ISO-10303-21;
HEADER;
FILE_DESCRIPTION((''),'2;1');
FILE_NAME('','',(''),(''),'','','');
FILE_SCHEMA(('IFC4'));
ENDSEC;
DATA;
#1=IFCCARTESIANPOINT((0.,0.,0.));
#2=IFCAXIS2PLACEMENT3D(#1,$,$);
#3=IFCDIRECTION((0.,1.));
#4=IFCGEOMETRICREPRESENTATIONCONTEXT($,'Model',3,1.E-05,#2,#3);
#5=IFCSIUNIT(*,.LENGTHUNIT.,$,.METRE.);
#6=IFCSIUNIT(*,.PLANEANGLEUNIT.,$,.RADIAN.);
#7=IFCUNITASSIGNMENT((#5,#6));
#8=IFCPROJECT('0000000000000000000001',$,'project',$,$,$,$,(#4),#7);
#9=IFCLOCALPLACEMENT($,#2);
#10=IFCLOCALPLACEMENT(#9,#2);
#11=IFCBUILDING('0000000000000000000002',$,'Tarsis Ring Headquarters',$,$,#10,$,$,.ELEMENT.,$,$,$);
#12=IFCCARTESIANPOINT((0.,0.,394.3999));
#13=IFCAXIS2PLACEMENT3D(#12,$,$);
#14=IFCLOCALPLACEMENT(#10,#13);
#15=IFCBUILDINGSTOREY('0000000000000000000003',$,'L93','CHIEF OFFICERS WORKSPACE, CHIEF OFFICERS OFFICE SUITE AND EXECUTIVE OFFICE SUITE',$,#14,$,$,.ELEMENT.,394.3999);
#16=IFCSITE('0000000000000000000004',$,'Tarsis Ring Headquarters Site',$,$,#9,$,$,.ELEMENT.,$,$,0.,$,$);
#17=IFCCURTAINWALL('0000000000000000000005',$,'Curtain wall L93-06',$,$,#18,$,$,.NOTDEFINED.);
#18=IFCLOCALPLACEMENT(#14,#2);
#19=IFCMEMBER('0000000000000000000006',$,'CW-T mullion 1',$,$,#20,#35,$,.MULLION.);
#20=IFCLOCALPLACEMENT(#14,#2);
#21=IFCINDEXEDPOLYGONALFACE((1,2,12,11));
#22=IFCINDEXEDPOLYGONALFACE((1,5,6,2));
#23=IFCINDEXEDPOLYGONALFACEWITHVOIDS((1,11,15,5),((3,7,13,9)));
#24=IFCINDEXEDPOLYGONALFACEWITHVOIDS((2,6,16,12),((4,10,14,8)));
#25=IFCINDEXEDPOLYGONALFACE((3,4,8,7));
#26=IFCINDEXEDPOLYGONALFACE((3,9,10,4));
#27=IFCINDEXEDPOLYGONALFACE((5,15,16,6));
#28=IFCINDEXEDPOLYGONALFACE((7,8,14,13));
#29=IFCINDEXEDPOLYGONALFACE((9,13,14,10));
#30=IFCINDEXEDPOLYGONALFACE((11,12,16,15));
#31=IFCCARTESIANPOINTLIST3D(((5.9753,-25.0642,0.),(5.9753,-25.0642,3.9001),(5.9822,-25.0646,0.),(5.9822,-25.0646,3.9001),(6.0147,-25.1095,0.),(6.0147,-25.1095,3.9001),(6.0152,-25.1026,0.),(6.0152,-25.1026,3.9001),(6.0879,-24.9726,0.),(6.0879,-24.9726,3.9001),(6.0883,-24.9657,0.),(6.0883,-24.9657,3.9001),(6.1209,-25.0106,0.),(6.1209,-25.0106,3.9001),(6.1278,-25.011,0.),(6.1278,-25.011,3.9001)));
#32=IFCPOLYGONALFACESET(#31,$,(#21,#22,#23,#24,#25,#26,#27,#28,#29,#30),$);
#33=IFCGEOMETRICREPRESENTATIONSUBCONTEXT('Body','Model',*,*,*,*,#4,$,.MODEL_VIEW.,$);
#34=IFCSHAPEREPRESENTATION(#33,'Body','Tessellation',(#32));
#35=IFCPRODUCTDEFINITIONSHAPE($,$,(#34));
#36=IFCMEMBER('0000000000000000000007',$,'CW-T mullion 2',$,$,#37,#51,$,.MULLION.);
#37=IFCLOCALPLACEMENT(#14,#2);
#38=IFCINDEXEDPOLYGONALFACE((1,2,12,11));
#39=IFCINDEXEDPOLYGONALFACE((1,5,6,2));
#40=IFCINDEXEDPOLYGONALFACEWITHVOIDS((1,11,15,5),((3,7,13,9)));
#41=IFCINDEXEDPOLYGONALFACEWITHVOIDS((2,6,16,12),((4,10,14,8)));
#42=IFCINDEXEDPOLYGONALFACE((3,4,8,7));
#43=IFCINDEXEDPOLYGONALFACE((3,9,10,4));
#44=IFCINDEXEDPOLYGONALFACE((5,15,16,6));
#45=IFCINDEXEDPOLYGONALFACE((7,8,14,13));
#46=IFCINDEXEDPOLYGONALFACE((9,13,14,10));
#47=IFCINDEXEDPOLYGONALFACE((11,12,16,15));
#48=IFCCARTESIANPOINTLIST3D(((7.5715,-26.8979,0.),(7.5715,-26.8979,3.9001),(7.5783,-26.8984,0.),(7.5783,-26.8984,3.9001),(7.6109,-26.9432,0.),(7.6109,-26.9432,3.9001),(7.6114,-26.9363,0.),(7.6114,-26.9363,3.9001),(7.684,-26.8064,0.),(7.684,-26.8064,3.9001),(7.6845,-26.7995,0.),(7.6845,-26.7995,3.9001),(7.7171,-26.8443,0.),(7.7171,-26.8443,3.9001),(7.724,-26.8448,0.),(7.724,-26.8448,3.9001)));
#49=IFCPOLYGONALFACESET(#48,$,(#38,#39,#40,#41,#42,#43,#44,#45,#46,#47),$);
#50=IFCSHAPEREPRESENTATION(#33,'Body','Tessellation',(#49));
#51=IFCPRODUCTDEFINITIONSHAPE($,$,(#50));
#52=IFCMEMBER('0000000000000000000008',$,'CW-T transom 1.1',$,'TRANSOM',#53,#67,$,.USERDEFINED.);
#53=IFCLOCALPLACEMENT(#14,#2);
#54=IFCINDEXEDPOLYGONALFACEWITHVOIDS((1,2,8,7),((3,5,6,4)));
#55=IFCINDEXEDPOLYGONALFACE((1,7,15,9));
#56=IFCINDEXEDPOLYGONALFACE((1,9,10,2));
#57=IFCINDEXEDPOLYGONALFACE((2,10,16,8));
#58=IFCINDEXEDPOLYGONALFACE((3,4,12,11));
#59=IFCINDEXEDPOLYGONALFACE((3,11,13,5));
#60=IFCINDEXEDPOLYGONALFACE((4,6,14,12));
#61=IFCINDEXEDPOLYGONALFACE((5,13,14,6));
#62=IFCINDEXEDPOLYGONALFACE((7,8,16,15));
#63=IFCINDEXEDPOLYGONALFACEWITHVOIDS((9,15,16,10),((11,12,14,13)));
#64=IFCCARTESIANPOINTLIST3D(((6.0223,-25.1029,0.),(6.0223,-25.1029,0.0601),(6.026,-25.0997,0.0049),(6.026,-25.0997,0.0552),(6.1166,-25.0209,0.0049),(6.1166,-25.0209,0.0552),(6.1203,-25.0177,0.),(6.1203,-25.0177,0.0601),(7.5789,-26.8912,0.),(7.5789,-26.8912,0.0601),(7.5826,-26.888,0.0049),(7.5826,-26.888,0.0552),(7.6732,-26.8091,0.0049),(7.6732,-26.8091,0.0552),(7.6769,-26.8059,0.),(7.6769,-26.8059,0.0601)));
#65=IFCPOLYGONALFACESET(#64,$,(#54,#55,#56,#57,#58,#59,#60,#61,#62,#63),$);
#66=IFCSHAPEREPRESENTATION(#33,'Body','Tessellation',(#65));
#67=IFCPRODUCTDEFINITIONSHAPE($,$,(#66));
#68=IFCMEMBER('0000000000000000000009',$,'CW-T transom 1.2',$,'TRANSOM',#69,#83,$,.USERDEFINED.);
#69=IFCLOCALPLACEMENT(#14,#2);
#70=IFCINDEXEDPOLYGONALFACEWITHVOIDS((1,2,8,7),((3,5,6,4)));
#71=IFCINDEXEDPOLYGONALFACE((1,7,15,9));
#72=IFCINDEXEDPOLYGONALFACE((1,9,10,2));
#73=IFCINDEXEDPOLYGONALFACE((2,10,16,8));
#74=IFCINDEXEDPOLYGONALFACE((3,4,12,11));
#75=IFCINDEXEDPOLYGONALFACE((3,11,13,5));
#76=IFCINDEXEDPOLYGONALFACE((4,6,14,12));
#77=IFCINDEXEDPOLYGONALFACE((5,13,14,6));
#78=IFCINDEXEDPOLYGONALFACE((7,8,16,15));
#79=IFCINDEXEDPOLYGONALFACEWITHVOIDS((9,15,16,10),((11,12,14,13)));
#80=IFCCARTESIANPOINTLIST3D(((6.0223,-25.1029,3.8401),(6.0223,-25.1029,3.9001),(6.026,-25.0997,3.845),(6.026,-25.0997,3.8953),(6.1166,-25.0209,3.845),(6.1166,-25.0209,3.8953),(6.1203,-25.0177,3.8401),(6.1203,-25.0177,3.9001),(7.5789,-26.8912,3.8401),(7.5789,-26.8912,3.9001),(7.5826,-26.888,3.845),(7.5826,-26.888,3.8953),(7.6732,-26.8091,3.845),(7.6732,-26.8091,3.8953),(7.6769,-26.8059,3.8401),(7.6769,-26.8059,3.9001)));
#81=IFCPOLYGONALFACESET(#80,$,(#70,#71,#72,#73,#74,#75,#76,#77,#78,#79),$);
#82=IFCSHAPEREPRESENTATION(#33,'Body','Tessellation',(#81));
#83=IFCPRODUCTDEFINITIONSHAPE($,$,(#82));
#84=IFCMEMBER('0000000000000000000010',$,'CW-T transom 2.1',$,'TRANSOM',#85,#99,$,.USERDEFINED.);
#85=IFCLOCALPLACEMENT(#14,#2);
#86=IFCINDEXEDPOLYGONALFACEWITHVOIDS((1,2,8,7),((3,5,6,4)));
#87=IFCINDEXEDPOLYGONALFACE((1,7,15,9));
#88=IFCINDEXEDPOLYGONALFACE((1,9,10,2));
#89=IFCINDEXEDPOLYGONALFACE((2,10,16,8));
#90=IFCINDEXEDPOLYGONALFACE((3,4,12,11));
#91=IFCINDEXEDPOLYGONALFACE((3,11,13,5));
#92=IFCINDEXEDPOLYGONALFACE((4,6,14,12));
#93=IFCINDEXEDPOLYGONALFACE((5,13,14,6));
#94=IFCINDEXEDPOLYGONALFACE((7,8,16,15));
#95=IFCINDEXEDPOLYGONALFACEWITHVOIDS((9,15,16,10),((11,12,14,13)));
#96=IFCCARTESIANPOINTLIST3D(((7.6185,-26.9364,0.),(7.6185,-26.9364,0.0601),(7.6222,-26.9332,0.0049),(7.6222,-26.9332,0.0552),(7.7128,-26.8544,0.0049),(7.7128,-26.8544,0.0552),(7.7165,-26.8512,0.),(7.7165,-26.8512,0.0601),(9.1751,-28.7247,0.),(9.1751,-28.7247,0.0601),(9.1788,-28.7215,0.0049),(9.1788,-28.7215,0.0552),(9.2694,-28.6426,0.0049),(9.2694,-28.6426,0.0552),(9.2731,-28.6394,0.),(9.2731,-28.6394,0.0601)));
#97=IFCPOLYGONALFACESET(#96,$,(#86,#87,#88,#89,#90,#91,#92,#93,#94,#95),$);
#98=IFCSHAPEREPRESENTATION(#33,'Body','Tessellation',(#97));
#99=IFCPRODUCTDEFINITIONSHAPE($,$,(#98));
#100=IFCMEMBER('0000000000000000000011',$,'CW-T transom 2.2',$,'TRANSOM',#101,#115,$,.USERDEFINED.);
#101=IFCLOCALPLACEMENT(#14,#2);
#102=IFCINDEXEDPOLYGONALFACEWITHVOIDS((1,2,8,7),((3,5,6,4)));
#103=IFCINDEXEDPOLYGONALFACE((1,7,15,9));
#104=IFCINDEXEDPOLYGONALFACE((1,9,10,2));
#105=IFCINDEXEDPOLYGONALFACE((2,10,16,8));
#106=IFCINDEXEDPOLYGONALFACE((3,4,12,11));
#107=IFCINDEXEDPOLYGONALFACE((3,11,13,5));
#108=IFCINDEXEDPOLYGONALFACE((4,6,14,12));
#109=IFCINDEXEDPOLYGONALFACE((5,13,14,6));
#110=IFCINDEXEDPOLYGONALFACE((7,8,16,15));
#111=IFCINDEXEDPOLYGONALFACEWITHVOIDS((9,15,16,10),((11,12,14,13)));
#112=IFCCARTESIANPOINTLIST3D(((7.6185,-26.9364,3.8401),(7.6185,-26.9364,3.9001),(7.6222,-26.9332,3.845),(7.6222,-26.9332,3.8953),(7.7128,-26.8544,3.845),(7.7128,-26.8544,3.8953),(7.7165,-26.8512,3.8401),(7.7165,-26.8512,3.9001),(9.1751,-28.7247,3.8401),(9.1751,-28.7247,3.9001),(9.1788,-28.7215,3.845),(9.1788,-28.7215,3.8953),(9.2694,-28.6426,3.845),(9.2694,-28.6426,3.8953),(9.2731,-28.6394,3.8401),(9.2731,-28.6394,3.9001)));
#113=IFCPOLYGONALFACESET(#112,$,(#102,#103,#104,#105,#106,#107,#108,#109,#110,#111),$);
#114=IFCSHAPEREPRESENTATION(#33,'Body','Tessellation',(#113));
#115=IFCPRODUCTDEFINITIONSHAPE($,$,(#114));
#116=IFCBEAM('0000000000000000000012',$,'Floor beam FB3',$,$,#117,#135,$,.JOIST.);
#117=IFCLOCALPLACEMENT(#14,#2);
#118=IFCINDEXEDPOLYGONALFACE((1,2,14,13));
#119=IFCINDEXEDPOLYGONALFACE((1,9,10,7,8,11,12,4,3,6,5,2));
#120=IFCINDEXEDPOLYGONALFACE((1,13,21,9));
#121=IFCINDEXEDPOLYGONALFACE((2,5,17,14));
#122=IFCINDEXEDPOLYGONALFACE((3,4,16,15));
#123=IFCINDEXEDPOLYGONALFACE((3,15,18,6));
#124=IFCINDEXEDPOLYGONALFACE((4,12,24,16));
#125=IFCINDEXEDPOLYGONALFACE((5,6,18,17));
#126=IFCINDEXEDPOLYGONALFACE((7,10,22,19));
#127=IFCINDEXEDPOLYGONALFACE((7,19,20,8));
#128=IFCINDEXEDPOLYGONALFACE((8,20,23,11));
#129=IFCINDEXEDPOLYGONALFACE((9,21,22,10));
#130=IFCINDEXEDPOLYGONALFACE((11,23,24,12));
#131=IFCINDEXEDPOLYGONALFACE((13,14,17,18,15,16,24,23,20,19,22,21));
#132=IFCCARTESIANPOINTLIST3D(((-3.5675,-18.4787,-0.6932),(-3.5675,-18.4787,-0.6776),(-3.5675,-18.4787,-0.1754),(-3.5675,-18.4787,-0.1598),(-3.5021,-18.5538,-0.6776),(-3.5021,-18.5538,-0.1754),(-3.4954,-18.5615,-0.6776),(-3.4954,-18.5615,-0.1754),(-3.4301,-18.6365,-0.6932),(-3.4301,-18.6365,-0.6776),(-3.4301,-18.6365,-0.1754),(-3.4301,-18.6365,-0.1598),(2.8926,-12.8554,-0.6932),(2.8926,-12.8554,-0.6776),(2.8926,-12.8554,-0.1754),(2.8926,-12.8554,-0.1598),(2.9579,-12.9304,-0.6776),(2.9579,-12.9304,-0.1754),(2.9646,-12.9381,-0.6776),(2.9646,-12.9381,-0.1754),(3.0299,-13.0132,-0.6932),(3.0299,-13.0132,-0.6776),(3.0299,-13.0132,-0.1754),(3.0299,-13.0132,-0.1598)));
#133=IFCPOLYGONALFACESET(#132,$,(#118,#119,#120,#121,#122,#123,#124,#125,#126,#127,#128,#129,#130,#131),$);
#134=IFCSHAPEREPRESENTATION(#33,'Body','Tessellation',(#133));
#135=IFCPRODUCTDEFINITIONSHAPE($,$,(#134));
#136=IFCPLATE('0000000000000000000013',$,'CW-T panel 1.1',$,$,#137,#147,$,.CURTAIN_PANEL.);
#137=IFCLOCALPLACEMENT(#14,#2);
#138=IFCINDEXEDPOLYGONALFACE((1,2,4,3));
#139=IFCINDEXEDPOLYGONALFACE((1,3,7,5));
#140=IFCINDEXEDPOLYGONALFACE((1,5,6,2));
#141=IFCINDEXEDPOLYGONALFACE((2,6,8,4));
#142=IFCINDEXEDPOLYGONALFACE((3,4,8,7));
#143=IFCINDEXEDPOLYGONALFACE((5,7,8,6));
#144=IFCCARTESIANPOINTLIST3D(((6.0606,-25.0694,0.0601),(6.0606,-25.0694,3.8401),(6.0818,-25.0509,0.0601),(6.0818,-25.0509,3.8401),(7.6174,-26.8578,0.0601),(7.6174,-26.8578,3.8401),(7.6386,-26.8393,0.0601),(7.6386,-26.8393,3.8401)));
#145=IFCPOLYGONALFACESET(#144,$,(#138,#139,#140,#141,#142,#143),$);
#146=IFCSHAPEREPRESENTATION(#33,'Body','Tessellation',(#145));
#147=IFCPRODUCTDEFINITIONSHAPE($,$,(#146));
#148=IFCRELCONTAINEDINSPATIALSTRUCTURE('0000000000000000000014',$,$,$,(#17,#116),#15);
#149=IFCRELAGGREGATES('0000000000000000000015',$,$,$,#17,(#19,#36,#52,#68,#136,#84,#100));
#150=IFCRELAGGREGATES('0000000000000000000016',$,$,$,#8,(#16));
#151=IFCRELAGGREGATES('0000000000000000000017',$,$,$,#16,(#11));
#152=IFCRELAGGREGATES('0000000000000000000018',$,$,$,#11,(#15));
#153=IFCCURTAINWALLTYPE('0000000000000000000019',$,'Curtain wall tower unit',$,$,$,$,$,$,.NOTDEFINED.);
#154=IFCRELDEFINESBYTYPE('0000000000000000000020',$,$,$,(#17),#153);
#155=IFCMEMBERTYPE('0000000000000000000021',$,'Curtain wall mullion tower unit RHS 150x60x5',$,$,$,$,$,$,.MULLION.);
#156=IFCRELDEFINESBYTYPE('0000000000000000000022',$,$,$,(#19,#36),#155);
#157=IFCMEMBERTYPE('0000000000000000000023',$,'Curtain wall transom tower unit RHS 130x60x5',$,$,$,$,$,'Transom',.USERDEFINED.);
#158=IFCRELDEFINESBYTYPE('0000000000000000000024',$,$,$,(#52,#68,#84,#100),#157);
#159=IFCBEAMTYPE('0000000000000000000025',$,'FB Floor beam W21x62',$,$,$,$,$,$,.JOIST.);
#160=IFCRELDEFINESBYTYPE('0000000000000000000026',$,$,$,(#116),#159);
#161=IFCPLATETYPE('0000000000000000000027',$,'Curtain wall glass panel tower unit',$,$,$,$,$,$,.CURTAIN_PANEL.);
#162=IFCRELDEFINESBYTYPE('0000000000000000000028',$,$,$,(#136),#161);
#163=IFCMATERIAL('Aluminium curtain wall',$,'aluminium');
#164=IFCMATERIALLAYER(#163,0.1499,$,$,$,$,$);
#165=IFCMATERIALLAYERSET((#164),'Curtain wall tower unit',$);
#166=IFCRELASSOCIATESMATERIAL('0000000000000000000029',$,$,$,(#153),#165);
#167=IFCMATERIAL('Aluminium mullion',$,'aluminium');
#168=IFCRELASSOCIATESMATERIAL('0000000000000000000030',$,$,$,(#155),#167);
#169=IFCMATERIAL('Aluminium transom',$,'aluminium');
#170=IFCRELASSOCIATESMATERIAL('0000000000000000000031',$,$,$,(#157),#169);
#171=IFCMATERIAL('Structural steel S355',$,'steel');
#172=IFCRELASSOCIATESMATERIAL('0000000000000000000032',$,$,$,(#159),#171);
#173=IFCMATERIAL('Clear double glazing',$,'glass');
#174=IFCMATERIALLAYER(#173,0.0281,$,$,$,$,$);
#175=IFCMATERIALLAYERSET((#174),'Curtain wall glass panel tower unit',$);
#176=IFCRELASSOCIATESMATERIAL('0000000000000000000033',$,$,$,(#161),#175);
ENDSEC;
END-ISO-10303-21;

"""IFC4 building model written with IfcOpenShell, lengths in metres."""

from ifc_helpers import new_model, si_unit, direction, frame, origin, origin_2d, place, context, subcontext, project, spatial, rectangle, hollow_rectangle, i_section, extrude, material, layer, layer_set, material_profile, profile_set, type_object, element, aggregate, save


model = new_model("IFC4")

# Units and contexts
model_context = context("Model", 3, precision=1e-05, world=origin(), true_north=direction((0.0, 1.0)))
body_context = subcontext(model_context, "Body", "Model", "MODEL_VIEW")
ifc_project = project(units=[si_unit("LENGTHUNIT", "METRE"), si_unit("PLANEANGLEUNIT", "RADIAN")], contexts=[model_context])

# Site, building, storey
site_placement = place(None, origin())
site = spatial("IfcSite", under=ifc_project, at=site_placement, Name="Tarsis Ring Headquarters Site", CompositionType="ELEMENT", RefElevation=0.0)
building_placement = place(site_placement, origin())
building = spatial("IfcBuilding", under=site, at=building_placement, Name="Tarsis Ring Headquarters", CompositionType="ELEMENT")
storey_placement = place(building_placement, frame((0.0, 0.0, 394.3999)))
storey = spatial("IfcBuildingStorey", under=building, at=storey_placement, Name="L93", Description="CHIEF OFFICERS WORKSPACE, CHIEF OFFICERS OFFICE SUITE AND EXECUTIVE OFFICE SUITE", CompositionType="ELEMENT", Elevation=394.3999)

# Curtain wall, members
ifc_material_1 = material(Name="Aluminium curtain wall", Category="aluminium")
ifc_layer_1 = layer(ifc_material_1, 0.1499)
ifc_layer_set_1 = layer_set([ifc_layer_1], Name="Curtain wall tower unit")
curtain_wall_type = type_object("IfcCurtainWallType", Name="Curtain wall tower unit", PredefinedType="NOTDEFINED", material=ifc_layer_set_1)
curtain_wall_placement = place(storey_placement, origin())
curtain_wall = element("IfcCurtainWall", 1, at=curtain_wall_placement, inside=storey, type_object=curtain_wall_type, Name="Curtain wall L93-06", PredefinedType="NOTDEFINED")
ifc_material_2 = material(Name="Aluminium mullion", Category="aluminium")
ifc_material_profile_1 = material_profile(ifc_material_2, hollow_rectangle(XDim=0.1499, YDim=0.0601, WallThickness=0.0049, at=origin_2d()), Name="RHS 150x60x5")
ifc_profile_set_1 = profile_set([ifc_material_profile_1], Name="Aluminium mullion")
member_type_1 = type_object("IfcMemberType", Name="Curtain wall mullion tower unit RHS 150x60x5", PredefinedType="MULLION", material=ifc_profile_set_1)
member_1_placement = place(storey_placement, frame((6.0515, -25.0376, 0.0), z_axis=(0.0, 0.0, 1.0), x_axis=(0.754251, 0.656586, 0.0)))
member_1 = element("IfcMember", 2, at=member_1_placement, type_object=member_type_1, Name="CW-T mullion 1", PredefinedType="MULLION", context=body_context, shape_type="SweptSolid", body=[
    extrude(hollow_rectangle(XDim=0.1499, YDim=0.0601, WallThickness=0.0049, at=origin_2d()), origin(), (0.0, 0.0, 1.0), 3.9001),
])
member_2_placement = place(storey_placement, frame((7.6477, -26.8713, 0.0), z_axis=(0.0, 0.0, 1.0), x_axis=(0.754251, 0.656586, 0.0)))
member_2 = element("IfcMember", 3, at=member_2_placement, type_object=member_type_1, Name="CW-T mullion 2", PredefinedType="MULLION", context=body_context, shape_type="SweptSolid", body=[
    extrude(hollow_rectangle(XDim=0.1499, YDim=0.0601, WallThickness=0.0049, at=origin_2d()), origin(), (0.0, 0.0, 1.0), 3.9001),
])
ifc_material_3 = material(Name="Aluminium transom", Category="aluminium")
ifc_material_profile_2 = material_profile(ifc_material_3, hollow_rectangle(XDim=0.1299, YDim=0.0601, WallThickness=0.0049, at=origin_2d()), Name="RHS 130x60x5")
ifc_profile_set_2 = profile_set([ifc_material_profile_2], Name="Aluminium transom")
member_type_2 = type_object("IfcMemberType", Name="Curtain wall transom tower unit RHS 130x60x5", ElementType="Transom", PredefinedType="USERDEFINED", material=ifc_profile_set_2)
member_3_placement = place(storey_placement, frame((6.0713, -25.0603, 0.03), z_axis=(0.656556, -0.754277, 0.0), x_axis=(0.754277, 0.656556, 0.0)))
member_3 = element("IfcMember", 4, at=member_3_placement, type_object=member_type_2, Name="CW-T transom 1.1", ObjectType="TRANSOM", PredefinedType="USERDEFINED", context=body_context, shape_type="SweptSolid", body=[
    extrude(hollow_rectangle(XDim=0.1299, YDim=0.0601, WallThickness=0.0049, at=origin_2d()), origin(), (0.0, 0.0, 1.0), 2.3708),
])
member_4_placement = place(storey_placement, frame((6.0713, -25.0603, 3.8701), z_axis=(0.656556, -0.754277, 0.0), x_axis=(0.754277, 0.656556, 0.0)))
member_4 = element("IfcMember", 5, at=member_4_placement, type_object=member_type_2, Name="CW-T transom 1.2", ObjectType="TRANSOM", PredefinedType="USERDEFINED", context=body_context, shape_type="SweptSolid", body=[
    extrude(hollow_rectangle(XDim=0.1299, YDim=0.0601, WallThickness=0.0049, at=origin_2d()), origin(), (0.0, 0.0, 1.0), 2.3708),
])
member_5_placement = place(storey_placement, frame((7.6675, -26.8938, 0.03), z_axis=(0.656556, -0.754277, 0.0), x_axis=(0.754277, 0.656556, 0.0)))
member_5 = element("IfcMember", 6, at=member_5_placement, type_object=member_type_2, Name="CW-T transom 2.1", ObjectType="TRANSOM", PredefinedType="USERDEFINED", context=body_context, shape_type="SweptSolid", body=[
    extrude(hollow_rectangle(XDim=0.1299, YDim=0.0601, WallThickness=0.0049, at=origin_2d()), origin(), (0.0, 0.0, 1.0), 2.3708),
])
member_6_placement = place(storey_placement, frame((7.6675, -26.8938, 3.8701), z_axis=(0.656556, -0.754277, 0.0), x_axis=(0.754277, 0.656556, 0.0)))
member_6 = element("IfcMember", 7, at=member_6_placement, type_object=member_type_2, Name="CW-T transom 2.2", ObjectType="TRANSOM", PredefinedType="USERDEFINED", context=body_context, shape_type="SweptSolid", body=[
    extrude(hollow_rectangle(XDim=0.1299, YDim=0.0601, WallThickness=0.0049, at=origin_2d()), origin(), (0.0, 0.0, 1.0), 2.3708),
])

# Beam
ifc_material_4 = material(Name="Structural steel S355", Category="steel")
ifc_material_profile_3 = material_profile(ifc_material_4, i_section(OverallWidth=0.2092, OverallDepth=0.5334, WebThickness=0.0103, FlangeThickness=0.0156, at=origin_2d()), Name="W21x62")
ifc_profile_set_3 = profile_set([ifc_material_profile_3], Name="Structural steel S355")
beam_type = type_object("IfcBeamType", Name="FB Floor beam W21x62", PredefinedType="JOIST", material=ifc_profile_set_3)
beam_placement = place(storey_placement, frame((-3.4988, -18.5576, -0.4265), z_axis=(0.754262, 0.656573, 0.0), x_axis=(-0.656573, 0.754262, 0.0)))
element("IfcBeam", 8, at=beam_placement, inside=storey, type_object=beam_type, Name="Floor beam FB3", PredefinedType="JOIST", context=body_context, shape_type="SweptSolid", body=[
    extrude(i_section(OverallWidth=0.2092, OverallDepth=0.5334, WebThickness=0.0103, FlangeThickness=0.0156, at=origin_2d()), origin(), (0.0, 0.0, 1.0), 8.5647),
])

# Plate
ifc_material_5 = material(Name="Clear double glazing", Category="glass")
ifc_layer_2 = layer(ifc_material_5, 0.0281)
ifc_layer_set_2 = layer_set([ifc_layer_2], Name="Curtain wall glass panel tower unit")
plate_type = type_object("IfcPlateType", Name="Curtain wall glass panel tower unit", PredefinedType="CURTAIN_PANEL", material=ifc_layer_set_2)
plate_placement = place(storey_placement, frame((6.8496, -25.9543, 0.0601), z_axis=(0.0, 0.0, 1.0), x_axis=(0.656586, -0.754251, 0.0)))
plate = element("IfcPlate", 9, at=plate_placement, type_object=plate_type, Name="CW-T panel 1.1", PredefinedType="CURTAIN_PANEL", context=body_context, shape_type="SweptSolid", body=[
    extrude(rectangle(XDim=2.3711, YDim=0.0281, at=origin_2d()), origin(), (0.0, 0.0, 1.0), 3.78),
])
aggregate(curtain_wall, [member_1, member_2, member_3, member_4, plate, member_5, member_6])

save(model, "model.ifc")
